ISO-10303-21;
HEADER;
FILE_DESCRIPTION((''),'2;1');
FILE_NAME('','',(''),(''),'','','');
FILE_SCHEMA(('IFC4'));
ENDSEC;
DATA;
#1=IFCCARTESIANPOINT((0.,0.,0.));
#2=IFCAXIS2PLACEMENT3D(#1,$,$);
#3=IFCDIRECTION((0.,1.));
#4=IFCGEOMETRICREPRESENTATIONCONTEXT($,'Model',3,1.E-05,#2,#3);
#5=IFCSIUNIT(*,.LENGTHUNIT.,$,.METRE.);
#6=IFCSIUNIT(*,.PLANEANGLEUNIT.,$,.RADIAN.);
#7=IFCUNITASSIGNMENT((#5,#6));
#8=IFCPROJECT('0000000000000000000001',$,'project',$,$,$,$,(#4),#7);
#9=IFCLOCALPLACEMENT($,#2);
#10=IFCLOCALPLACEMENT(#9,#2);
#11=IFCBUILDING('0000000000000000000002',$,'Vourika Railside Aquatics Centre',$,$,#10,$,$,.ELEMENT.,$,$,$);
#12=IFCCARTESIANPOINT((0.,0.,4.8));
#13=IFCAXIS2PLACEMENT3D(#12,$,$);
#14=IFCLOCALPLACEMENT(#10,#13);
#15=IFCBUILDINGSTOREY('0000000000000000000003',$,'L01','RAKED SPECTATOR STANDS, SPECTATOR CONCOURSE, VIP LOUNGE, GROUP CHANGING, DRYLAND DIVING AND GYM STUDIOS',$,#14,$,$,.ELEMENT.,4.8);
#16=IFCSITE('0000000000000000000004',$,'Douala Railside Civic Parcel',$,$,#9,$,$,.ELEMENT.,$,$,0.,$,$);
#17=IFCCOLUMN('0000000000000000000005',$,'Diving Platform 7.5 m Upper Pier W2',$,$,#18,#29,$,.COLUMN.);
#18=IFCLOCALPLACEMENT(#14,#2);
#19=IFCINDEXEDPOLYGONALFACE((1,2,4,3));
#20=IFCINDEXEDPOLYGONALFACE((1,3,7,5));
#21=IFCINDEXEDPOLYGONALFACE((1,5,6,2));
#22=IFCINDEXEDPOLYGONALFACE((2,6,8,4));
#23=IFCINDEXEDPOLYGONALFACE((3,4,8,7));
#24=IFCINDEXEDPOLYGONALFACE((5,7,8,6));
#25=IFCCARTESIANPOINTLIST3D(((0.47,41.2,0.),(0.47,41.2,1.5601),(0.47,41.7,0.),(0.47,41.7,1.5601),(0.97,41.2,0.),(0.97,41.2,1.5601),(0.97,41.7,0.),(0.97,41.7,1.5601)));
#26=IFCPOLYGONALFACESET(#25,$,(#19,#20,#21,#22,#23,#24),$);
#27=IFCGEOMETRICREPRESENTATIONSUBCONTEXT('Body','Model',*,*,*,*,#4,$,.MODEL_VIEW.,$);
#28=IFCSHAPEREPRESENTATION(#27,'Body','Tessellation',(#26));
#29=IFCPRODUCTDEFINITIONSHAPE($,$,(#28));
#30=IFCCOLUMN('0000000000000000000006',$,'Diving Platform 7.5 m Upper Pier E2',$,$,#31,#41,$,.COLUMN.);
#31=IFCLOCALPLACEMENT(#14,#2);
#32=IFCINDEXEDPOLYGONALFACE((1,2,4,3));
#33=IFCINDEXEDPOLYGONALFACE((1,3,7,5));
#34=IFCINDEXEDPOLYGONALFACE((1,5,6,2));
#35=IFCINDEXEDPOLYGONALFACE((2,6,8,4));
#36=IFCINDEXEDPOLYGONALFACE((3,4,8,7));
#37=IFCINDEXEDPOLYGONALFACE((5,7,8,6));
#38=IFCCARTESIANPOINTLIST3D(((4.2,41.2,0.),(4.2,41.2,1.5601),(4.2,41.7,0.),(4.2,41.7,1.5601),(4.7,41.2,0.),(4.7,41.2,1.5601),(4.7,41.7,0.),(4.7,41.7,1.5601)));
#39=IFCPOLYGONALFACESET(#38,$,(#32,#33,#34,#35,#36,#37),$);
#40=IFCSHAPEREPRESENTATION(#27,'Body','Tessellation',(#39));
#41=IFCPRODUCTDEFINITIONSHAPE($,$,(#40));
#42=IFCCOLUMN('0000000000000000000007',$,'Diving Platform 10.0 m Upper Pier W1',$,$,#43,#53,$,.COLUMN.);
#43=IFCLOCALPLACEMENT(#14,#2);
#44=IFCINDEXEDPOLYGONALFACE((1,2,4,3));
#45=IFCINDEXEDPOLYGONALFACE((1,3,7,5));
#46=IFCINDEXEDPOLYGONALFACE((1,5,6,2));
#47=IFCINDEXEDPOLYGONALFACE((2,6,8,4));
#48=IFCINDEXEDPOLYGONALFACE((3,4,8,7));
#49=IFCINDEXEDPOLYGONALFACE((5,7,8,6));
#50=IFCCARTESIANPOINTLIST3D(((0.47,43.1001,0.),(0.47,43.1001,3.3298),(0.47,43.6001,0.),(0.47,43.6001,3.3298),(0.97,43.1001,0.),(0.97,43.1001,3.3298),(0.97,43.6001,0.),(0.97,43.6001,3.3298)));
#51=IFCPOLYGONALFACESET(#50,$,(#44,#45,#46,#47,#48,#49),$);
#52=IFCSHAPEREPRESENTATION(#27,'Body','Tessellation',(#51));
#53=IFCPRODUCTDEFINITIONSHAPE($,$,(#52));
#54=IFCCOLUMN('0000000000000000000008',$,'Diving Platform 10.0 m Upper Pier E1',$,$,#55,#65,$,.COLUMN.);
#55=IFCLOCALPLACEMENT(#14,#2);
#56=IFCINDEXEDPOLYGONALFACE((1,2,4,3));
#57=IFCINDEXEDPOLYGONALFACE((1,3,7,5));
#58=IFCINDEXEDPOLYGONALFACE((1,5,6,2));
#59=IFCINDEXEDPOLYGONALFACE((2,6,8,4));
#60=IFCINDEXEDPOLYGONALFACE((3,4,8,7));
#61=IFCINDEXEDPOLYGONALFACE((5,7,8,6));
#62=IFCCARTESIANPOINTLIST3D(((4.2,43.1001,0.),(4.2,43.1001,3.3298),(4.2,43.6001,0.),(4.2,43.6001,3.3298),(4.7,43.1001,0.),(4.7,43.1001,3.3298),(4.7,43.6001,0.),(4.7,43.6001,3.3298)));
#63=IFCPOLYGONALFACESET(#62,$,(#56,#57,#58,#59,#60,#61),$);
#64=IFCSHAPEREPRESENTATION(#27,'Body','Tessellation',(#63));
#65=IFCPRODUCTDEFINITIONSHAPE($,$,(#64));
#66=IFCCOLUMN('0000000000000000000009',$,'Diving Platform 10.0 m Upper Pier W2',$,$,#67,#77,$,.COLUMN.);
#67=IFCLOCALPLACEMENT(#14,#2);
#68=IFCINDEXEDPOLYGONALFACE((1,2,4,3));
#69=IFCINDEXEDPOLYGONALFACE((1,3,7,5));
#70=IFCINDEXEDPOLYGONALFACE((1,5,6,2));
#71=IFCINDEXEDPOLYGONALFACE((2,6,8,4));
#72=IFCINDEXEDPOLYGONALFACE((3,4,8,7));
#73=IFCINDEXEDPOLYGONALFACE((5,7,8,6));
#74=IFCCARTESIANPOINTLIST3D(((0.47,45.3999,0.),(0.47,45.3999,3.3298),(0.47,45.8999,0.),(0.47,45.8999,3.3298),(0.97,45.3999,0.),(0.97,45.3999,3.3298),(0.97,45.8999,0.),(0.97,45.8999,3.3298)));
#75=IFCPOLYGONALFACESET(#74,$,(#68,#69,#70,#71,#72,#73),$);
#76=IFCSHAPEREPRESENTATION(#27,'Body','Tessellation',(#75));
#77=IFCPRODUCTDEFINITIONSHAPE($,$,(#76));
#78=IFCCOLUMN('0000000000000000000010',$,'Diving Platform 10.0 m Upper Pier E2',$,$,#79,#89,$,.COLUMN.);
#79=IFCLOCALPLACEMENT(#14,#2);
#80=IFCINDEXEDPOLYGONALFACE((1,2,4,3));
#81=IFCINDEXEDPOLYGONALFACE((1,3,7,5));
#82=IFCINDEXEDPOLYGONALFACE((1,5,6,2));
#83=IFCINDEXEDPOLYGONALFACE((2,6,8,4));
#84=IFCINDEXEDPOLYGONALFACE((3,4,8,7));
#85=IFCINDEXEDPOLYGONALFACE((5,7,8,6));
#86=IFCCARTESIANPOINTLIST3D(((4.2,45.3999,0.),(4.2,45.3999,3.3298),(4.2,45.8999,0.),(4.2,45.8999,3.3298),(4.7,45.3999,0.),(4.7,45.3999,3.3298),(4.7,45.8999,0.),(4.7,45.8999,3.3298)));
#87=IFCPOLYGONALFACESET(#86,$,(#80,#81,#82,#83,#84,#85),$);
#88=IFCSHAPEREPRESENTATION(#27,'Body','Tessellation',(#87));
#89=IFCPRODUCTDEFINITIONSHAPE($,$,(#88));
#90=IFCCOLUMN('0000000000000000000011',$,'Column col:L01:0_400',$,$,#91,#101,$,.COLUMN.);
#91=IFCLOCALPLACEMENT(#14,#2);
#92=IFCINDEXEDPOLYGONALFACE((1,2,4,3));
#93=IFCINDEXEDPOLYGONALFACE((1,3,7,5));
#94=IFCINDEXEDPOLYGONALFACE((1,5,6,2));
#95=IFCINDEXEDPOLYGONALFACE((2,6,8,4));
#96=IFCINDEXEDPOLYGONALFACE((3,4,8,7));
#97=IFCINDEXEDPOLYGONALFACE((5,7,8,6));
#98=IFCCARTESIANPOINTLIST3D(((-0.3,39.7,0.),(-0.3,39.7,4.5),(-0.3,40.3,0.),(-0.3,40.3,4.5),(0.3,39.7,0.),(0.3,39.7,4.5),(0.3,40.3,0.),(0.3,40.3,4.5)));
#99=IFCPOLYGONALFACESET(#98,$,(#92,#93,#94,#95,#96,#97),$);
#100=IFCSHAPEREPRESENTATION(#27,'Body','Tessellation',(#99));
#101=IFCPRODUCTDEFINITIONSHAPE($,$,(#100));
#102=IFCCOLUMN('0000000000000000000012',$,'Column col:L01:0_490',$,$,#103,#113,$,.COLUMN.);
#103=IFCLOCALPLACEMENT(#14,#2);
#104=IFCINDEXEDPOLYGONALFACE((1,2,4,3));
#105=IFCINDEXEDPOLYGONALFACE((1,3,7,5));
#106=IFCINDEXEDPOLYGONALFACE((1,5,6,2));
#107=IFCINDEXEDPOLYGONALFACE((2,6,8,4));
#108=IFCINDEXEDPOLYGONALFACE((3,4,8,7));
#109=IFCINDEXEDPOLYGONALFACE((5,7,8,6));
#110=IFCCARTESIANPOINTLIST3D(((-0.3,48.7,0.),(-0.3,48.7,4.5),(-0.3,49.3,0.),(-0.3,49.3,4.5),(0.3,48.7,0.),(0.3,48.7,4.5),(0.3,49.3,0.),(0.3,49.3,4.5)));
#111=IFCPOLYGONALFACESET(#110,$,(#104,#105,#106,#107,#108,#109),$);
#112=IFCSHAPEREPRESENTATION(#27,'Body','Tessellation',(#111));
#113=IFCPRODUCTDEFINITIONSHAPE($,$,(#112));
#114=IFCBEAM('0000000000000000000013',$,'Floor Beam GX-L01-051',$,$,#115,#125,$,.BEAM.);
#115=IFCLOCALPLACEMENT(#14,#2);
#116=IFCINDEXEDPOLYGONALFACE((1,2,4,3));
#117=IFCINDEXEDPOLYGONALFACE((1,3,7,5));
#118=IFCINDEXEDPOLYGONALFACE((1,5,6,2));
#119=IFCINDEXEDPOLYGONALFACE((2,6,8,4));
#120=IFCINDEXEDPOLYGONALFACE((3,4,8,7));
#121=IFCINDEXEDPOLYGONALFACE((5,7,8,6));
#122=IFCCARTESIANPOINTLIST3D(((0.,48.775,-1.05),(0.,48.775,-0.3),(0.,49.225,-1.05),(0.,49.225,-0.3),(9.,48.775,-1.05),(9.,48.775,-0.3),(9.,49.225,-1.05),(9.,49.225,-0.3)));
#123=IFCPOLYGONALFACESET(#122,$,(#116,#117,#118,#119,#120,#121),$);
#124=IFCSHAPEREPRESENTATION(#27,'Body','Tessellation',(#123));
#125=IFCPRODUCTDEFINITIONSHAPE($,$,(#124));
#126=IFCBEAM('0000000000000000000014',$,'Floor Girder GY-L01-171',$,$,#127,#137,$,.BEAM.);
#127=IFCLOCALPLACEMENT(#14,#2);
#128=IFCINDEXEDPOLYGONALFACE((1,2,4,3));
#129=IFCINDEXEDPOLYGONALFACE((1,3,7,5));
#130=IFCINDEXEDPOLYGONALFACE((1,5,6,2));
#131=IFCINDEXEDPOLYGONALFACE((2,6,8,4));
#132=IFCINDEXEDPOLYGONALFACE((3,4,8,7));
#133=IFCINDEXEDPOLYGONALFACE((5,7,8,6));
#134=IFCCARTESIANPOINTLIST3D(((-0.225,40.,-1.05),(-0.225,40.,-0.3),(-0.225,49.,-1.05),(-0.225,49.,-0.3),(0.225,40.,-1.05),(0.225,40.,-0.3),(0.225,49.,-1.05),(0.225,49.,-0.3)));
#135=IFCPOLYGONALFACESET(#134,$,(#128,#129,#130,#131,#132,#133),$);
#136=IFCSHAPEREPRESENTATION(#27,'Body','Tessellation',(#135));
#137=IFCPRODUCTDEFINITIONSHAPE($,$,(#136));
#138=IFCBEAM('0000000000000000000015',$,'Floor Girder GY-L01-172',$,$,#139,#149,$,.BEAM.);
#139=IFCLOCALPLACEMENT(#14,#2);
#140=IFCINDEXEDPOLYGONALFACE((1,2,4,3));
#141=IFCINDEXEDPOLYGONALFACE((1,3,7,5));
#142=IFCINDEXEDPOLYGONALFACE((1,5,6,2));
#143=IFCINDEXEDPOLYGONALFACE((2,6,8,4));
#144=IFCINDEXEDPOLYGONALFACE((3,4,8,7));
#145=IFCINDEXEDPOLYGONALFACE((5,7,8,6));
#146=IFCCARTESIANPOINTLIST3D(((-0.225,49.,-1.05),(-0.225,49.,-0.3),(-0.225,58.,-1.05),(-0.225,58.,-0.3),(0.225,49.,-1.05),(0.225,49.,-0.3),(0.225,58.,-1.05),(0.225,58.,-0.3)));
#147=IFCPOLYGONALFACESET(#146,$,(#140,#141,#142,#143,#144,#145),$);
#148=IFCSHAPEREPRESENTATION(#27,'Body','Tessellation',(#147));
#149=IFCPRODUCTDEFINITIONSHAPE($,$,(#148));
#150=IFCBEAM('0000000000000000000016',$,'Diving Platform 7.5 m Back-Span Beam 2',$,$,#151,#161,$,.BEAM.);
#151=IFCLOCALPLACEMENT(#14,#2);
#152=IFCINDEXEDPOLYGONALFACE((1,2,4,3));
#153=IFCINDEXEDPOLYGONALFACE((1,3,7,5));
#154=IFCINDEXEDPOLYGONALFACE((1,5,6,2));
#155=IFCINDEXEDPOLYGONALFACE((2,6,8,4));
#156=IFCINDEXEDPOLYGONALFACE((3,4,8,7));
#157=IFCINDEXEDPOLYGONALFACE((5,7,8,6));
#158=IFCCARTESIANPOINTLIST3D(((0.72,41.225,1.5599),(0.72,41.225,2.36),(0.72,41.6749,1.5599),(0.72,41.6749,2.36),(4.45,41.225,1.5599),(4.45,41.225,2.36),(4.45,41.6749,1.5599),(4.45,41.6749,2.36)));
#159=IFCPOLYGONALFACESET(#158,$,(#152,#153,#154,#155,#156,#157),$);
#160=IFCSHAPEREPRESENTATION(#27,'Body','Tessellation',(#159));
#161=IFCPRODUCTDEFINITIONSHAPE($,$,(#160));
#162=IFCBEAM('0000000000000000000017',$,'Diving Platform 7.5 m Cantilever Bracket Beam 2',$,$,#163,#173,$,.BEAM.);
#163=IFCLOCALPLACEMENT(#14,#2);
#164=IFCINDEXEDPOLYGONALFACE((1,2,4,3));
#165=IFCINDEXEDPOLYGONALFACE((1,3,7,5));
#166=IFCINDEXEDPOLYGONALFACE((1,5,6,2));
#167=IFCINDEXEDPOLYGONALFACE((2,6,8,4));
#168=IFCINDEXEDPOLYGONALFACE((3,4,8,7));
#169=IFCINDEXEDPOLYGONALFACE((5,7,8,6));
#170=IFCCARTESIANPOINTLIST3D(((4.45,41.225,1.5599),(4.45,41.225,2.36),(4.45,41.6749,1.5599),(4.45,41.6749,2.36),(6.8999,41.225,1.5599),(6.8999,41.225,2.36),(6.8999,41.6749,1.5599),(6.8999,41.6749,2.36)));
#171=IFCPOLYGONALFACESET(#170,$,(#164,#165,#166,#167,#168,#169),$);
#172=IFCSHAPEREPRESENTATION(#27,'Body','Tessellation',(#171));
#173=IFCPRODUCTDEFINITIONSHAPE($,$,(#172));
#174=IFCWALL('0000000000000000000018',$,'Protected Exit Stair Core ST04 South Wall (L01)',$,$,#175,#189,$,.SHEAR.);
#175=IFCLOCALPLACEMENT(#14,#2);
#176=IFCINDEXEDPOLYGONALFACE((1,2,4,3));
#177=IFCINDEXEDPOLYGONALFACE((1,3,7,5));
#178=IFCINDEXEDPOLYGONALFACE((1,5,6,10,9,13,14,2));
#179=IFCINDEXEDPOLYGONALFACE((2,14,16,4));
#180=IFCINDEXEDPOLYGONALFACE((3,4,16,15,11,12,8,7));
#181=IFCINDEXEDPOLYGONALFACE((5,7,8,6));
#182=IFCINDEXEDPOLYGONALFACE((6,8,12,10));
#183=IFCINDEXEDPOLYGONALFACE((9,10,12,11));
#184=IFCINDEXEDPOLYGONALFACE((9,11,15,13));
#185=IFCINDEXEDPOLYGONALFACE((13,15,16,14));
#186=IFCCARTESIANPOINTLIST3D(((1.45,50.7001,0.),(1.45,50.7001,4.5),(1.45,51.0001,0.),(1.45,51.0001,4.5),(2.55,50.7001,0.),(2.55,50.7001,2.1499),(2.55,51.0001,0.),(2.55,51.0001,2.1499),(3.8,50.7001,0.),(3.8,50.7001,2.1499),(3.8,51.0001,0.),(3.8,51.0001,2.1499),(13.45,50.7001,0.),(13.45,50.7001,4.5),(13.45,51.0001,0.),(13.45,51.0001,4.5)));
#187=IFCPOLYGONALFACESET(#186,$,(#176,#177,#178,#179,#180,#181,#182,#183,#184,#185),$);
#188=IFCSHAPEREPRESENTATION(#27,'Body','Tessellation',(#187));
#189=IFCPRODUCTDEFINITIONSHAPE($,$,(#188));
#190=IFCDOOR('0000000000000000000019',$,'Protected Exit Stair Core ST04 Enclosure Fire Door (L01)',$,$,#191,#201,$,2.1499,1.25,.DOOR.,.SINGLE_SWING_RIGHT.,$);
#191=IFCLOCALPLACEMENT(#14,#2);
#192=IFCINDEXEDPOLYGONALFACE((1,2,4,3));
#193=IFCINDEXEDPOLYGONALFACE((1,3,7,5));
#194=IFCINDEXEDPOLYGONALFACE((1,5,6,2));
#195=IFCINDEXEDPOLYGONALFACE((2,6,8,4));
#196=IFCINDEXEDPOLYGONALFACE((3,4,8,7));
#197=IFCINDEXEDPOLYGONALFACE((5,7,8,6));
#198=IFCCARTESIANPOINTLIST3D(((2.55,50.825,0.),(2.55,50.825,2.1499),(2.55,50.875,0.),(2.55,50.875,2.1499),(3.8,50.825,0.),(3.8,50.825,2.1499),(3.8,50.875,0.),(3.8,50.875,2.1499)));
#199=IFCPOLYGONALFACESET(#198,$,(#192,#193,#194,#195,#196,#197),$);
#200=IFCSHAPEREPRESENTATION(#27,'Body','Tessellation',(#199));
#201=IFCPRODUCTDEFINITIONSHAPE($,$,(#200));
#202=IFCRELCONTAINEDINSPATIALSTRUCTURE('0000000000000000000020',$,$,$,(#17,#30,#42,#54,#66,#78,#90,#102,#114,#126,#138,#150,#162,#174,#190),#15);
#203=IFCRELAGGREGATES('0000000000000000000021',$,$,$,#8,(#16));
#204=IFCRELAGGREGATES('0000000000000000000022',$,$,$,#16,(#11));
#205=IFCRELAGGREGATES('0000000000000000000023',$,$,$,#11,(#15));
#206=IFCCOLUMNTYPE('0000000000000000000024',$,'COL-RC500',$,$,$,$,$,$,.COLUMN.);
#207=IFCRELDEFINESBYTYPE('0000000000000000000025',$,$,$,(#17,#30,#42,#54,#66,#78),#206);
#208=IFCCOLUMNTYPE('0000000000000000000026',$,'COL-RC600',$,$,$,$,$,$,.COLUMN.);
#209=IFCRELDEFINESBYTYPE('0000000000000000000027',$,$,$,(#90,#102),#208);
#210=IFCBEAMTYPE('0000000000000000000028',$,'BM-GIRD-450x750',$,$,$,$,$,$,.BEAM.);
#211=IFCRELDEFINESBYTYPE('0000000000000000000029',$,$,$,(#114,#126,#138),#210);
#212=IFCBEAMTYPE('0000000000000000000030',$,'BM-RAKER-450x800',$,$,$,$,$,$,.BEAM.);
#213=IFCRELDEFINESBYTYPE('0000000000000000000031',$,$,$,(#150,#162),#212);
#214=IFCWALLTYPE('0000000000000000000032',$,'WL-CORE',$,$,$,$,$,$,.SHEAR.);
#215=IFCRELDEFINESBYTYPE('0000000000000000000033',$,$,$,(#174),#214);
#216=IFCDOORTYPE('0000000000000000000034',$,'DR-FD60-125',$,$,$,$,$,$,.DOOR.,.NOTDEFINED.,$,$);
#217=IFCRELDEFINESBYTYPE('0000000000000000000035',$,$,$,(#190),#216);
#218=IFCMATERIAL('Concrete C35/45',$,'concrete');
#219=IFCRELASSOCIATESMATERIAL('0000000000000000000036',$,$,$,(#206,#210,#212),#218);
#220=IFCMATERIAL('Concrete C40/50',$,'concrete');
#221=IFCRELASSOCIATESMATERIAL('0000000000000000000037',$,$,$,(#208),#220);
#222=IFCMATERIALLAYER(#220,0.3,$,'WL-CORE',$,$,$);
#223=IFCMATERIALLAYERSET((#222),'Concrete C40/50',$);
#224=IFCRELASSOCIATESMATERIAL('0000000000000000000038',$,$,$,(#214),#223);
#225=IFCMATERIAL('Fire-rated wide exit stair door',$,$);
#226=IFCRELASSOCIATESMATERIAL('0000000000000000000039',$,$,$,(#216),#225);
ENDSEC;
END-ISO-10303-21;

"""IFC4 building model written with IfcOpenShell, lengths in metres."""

from ifc_helpers import new_model, si_unit, direction, frame, frame_2d, origin, origin_2d, place, context, subcontext, project, spatial, rectangle, extrude, material, layer, layer_set, material_profile, profile_set, type_object, element, fill, save


model = new_model("IFC4")

# Units and contexts
model_context = context("Model", 3, precision=1e-05, world=origin(), true_north=direction((0.0, 1.0)))
body_context = subcontext(model_context, "Body", "Model", "MODEL_VIEW")
ifc_project = project(units=[si_unit("LENGTHUNIT", "METRE"), si_unit("PLANEANGLEUNIT", "RADIAN")], contexts=[model_context])

# Site, building, storey
site_placement = place(None, origin())
site = spatial("IfcSite", under=ifc_project, at=site_placement, Name="Douala Railside Civic Parcel", CompositionType="ELEMENT", RefElevation=0.0)
building_placement = place(site_placement, origin())
building = spatial("IfcBuilding", under=site, at=building_placement, Name="Vourika Railside Aquatics Centre", CompositionType="ELEMENT")
storey_placement = place(building_placement, frame((0.0, 0.0, 4.8)))
storey = spatial("IfcBuildingStorey", under=building, at=storey_placement, Name="L01", Description="RAKED SPECTATOR STANDS, SPECTATOR CONCOURSE, VIP LOUNGE, GROUP CHANGING, DRYLAND DIVING AND GYM STUDIOS", CompositionType="ELEMENT", Elevation=4.8)

# Columns
ifc_material_1 = material(Name="Concrete C35/45", Category="concrete")
ifc_material_profile_1 = material_profile(ifc_material_1, rectangle(XDim=0.5, YDim=0.5, at=origin_2d()), Name="RC 500x500")
ifc_profile_set_1 = profile_set([ifc_material_profile_1], Name="Concrete C35/45")
column_type_1 = type_object("IfcColumnType", Name="COL-RC500", PredefinedType="COLUMN", material=ifc_profile_set_1)
for number, where, z_axis, x_axis, name in (
    (1, (0.72, 41.45, 0.0), (0.0, 0.0, 1.0), (1.0, 0.0, 0.0), "Diving Platform 7.5 m Upper Pier W2"),
    (2, (4.45, 41.45, 0.0), (0.0, 0.0, 1.0), (1.0, 0.0, 0.0), "Diving Platform 7.5 m Upper Pier E2"),
):
    element("IfcColumn", number, at=place(storey_placement, frame(where, z_axis=z_axis, x_axis=x_axis)), inside=storey, type_object=column_type_1, Name=name, PredefinedType="COLUMN", context=body_context, shape_type="SweptSolid", body=[
        extrude(rectangle(XDim=0.5, YDim=0.5, at=origin_2d()), origin(), (0.0, 0.0, 1.0), 1.5601),
    ])
for number, where, z_axis, x_axis, name in (
    (3, (0.72, 43.3501, 0.0), (0.0, 0.0, 1.0), (1.0, 0.0, 0.0), "Diving Platform 10.0 m Upper Pier W1"),
    (4, (4.45, 43.3501, 0.0), (0.0, 0.0, 1.0), (1.0, 0.0, 0.0), "Diving Platform 10.0 m Upper Pier E1"),
    (5, (0.72, 45.6499, 0.0), (0.0, 0.0, 1.0), (1.0, 0.0, 0.0), "Diving Platform 10.0 m Upper Pier W2"),
    (6, (4.45, 45.6499, 0.0), (0.0, 0.0, 1.0), (1.0, 0.0, 0.0), "Diving Platform 10.0 m Upper Pier E2"),
):
    element("IfcColumn", number, at=place(storey_placement, frame(where, z_axis=z_axis, x_axis=x_axis)), inside=storey, type_object=column_type_1, Name=name, PredefinedType="COLUMN", context=body_context, shape_type="SweptSolid", body=[
        extrude(rectangle(XDim=0.5, YDim=0.5, at=origin_2d()), origin(), (0.0, 0.0, 1.0), 3.3298),
    ])
ifc_material_2 = material(Name="Concrete C40/50", Category="concrete")
ifc_material_profile_2 = material_profile(ifc_material_2, rectangle(XDim=0.6001, YDim=0.6001, at=origin_2d()), Name="RC 600x600")
ifc_profile_set_2 = profile_set([ifc_material_profile_2], Name="Concrete C40/50")
column_type_2 = type_object("IfcColumnType", Name="COL-RC600", PredefinedType="COLUMN", material=ifc_profile_set_2)
for number, where, z_axis, x_axis, name in (
    (7, (0.0, 40.0, 0.0), (0.0, 0.0, 1.0), (1.0, 0.0, 0.0), "Column col:L01:0_400"),
    (8, (0.0, 49.0, 0.0), (0.0, 0.0, 1.0), (1.0, 0.0, 0.0), "Column col:L01:0_490"),
):
    element("IfcColumn", number, at=place(storey_placement, frame(where, z_axis=z_axis, x_axis=x_axis)), inside=storey, type_object=column_type_2, Name=name, PredefinedType="COLUMN", context=body_context, shape_type="SweptSolid", body=[
        extrude(rectangle(XDim=0.6001, YDim=0.6001, at=origin_2d()), origin(), (0.0, 0.0, 1.0), 4.5),
    ])

# Beams
ifc_material_profile_3 = material_profile(ifc_material_1, rectangle(XDim=0.45, YDim=0.75, at=origin_2d()), Name="RC 450x750")
ifc_profile_set_3 = profile_set([ifc_material_profile_3], Name="Concrete C35/45")
beam_type_1 = type_object("IfcBeamType", Name="BM-GIRD-450x750", PredefinedType="BEAM", material=ifc_profile_set_3)
for number, where, z_axis, x_axis, name in (
    (9, (0.0, 49.0, -0.675), (1.0, 0.0, 0.0), (0.0, 1.0, 0.0), "Floor Beam GX-L01-051"),
    (10, (0.0, 40.0, -0.675), (0.0, 1.0, 0.0), (-1.0, 0.0, 0.0), "Floor Girder GY-L01-171"),
    (11, (0.0, 49.0, -0.675), (0.0, 1.0, 0.0), (-1.0, 0.0, 0.0), "Floor Girder GY-L01-172"),
):
    element("IfcBeam", number, at=place(storey_placement, frame(where, z_axis=z_axis, x_axis=x_axis)), inside=storey, type_object=beam_type_1, Name=name, PredefinedType="BEAM", context=body_context, shape_type="SweptSolid", body=[
        extrude(rectangle(XDim=0.45, YDim=0.75, at=origin_2d()), origin(), (0.0, 0.0, 1.0), 9.0),
    ])
ifc_material_profile_4 = material_profile(ifc_material_1, rectangle(XDim=0.45, YDim=0.8, at=origin_2d()), Name="RC 450x800")
ifc_profile_set_4 = profile_set([ifc_material_profile_4], Name="Concrete C35/45")
beam_type_2 = type_object("IfcBeamType", Name="BM-RAKER-450x800", PredefinedType="BEAM", material=ifc_profile_set_4)
beam_1_placement = place(storey_placement, frame((0.72, 41.45, 1.96), z_axis=(1.0, 0.0, 0.0), x_axis=(0.0, 1.0, 0.0)))
element("IfcBeam", 12, at=beam_1_placement, inside=storey, type_object=beam_type_2, Name="Diving Platform 7.5 m Back-Span Beam 2", PredefinedType="BEAM", context=body_context, shape_type="SweptSolid", body=[
    extrude(rectangle(XDim=0.45, YDim=0.8, at=origin_2d()), origin(), (0.0, 0.0, 1.0), 3.73),
])
beam_2_placement = place(storey_placement, frame((4.45, 41.45, 1.96), z_axis=(1.0, 0.0, 0.0), x_axis=(0.0, 1.0, 0.0)))
element("IfcBeam", 13, at=beam_2_placement, inside=storey, type_object=beam_type_2, Name="Diving Platform 7.5 m Cantilever Bracket Beam 2", PredefinedType="BEAM", context=body_context, shape_type="SweptSolid", body=[
    extrude(rectangle(XDim=0.45, YDim=0.8, at=origin_2d()), origin(), (0.0, 0.0, 1.0), 2.45),
])

# Wall, opening, door
ifc_layer_1 = layer(ifc_material_2, 0.3, Name="WL-CORE")
ifc_layer_set_1 = layer_set([ifc_layer_1], Name="Concrete C40/50")
wall_type_1 = type_object("IfcWallType", Name="WL-CORE", PredefinedType="SHEAR", material=ifc_layer_set_1)
wall_1_placement = place(storey_placement, frame((1.45, 50.8501, 0.0), z_axis=(0.0, 0.0, 1.0), x_axis=(1.0, 0.0, 0.0)))
wall_1 = element("IfcWall", 14, at=wall_1_placement, inside=storey, type_object=wall_type_1, Name="Protected Exit Stair Core ST04 South Wall (L01)", PredefinedType="SHEAR", context=body_context, shape_type="SweptSolid", body=[
    extrude(rectangle(XDim=12.0, YDim=0.3, at=frame_2d((6.0, 0.0))), origin(), (0.0, 0.0, 1.0), 4.5),
])
opening_1_placement = place(wall_1_placement, frame((1.1001, 0.0, 0.0)))
opening_1 = element("IfcOpeningElement", 15, at=opening_1_placement, cuts=wall_1, PredefinedType="OPENING", context=body_context, shape_type="SweptSolid", body=[
    extrude(rectangle(XDim=1.25, YDim=2.1499, at=frame_2d((0.625, 1.075))), frame((0.0, 0.1602, 0.0), z_axis=(0.0, -1.0, 0.0), x_axis=(1.0, 0.0, 0.0)), (0.0, 0.0, 1.0), 0.3201),
])
ifc_material_3 = material(Name="Fire-rated wide exit stair door")
door_type_1 = type_object("IfcDoorType", Name="DR-FD60-125", OperationType="NOTDEFINED", PredefinedType="DOOR", material=ifc_material_3)
door_1_placement = place(opening_1_placement, origin())
door_1 = element("IfcDoor", 16, at=door_1_placement, inside=storey, type_object=door_type_1, Name="Protected Exit Stair Core ST04 Enclosure Fire Door (L01)", OperationType="SINGLE_SWING_RIGHT", OverallHeight=2.1499, OverallWidth=1.25, PredefinedType="DOOR", context=body_context, shape_type="SweptSolid", body=[
    extrude(rectangle(XDim=1.25, YDim=2.1499, at=frame_2d((0.625, 1.075))), frame((0.0, 0.0249, 0.0), z_axis=(0.0, -1.0, 0.0), x_axis=(1.0, 0.0, 0.0)), (0.0, 0.0, 1.0), 0.05),
])
fill(opening_1, door_1)

save(model, "model.ifc")
